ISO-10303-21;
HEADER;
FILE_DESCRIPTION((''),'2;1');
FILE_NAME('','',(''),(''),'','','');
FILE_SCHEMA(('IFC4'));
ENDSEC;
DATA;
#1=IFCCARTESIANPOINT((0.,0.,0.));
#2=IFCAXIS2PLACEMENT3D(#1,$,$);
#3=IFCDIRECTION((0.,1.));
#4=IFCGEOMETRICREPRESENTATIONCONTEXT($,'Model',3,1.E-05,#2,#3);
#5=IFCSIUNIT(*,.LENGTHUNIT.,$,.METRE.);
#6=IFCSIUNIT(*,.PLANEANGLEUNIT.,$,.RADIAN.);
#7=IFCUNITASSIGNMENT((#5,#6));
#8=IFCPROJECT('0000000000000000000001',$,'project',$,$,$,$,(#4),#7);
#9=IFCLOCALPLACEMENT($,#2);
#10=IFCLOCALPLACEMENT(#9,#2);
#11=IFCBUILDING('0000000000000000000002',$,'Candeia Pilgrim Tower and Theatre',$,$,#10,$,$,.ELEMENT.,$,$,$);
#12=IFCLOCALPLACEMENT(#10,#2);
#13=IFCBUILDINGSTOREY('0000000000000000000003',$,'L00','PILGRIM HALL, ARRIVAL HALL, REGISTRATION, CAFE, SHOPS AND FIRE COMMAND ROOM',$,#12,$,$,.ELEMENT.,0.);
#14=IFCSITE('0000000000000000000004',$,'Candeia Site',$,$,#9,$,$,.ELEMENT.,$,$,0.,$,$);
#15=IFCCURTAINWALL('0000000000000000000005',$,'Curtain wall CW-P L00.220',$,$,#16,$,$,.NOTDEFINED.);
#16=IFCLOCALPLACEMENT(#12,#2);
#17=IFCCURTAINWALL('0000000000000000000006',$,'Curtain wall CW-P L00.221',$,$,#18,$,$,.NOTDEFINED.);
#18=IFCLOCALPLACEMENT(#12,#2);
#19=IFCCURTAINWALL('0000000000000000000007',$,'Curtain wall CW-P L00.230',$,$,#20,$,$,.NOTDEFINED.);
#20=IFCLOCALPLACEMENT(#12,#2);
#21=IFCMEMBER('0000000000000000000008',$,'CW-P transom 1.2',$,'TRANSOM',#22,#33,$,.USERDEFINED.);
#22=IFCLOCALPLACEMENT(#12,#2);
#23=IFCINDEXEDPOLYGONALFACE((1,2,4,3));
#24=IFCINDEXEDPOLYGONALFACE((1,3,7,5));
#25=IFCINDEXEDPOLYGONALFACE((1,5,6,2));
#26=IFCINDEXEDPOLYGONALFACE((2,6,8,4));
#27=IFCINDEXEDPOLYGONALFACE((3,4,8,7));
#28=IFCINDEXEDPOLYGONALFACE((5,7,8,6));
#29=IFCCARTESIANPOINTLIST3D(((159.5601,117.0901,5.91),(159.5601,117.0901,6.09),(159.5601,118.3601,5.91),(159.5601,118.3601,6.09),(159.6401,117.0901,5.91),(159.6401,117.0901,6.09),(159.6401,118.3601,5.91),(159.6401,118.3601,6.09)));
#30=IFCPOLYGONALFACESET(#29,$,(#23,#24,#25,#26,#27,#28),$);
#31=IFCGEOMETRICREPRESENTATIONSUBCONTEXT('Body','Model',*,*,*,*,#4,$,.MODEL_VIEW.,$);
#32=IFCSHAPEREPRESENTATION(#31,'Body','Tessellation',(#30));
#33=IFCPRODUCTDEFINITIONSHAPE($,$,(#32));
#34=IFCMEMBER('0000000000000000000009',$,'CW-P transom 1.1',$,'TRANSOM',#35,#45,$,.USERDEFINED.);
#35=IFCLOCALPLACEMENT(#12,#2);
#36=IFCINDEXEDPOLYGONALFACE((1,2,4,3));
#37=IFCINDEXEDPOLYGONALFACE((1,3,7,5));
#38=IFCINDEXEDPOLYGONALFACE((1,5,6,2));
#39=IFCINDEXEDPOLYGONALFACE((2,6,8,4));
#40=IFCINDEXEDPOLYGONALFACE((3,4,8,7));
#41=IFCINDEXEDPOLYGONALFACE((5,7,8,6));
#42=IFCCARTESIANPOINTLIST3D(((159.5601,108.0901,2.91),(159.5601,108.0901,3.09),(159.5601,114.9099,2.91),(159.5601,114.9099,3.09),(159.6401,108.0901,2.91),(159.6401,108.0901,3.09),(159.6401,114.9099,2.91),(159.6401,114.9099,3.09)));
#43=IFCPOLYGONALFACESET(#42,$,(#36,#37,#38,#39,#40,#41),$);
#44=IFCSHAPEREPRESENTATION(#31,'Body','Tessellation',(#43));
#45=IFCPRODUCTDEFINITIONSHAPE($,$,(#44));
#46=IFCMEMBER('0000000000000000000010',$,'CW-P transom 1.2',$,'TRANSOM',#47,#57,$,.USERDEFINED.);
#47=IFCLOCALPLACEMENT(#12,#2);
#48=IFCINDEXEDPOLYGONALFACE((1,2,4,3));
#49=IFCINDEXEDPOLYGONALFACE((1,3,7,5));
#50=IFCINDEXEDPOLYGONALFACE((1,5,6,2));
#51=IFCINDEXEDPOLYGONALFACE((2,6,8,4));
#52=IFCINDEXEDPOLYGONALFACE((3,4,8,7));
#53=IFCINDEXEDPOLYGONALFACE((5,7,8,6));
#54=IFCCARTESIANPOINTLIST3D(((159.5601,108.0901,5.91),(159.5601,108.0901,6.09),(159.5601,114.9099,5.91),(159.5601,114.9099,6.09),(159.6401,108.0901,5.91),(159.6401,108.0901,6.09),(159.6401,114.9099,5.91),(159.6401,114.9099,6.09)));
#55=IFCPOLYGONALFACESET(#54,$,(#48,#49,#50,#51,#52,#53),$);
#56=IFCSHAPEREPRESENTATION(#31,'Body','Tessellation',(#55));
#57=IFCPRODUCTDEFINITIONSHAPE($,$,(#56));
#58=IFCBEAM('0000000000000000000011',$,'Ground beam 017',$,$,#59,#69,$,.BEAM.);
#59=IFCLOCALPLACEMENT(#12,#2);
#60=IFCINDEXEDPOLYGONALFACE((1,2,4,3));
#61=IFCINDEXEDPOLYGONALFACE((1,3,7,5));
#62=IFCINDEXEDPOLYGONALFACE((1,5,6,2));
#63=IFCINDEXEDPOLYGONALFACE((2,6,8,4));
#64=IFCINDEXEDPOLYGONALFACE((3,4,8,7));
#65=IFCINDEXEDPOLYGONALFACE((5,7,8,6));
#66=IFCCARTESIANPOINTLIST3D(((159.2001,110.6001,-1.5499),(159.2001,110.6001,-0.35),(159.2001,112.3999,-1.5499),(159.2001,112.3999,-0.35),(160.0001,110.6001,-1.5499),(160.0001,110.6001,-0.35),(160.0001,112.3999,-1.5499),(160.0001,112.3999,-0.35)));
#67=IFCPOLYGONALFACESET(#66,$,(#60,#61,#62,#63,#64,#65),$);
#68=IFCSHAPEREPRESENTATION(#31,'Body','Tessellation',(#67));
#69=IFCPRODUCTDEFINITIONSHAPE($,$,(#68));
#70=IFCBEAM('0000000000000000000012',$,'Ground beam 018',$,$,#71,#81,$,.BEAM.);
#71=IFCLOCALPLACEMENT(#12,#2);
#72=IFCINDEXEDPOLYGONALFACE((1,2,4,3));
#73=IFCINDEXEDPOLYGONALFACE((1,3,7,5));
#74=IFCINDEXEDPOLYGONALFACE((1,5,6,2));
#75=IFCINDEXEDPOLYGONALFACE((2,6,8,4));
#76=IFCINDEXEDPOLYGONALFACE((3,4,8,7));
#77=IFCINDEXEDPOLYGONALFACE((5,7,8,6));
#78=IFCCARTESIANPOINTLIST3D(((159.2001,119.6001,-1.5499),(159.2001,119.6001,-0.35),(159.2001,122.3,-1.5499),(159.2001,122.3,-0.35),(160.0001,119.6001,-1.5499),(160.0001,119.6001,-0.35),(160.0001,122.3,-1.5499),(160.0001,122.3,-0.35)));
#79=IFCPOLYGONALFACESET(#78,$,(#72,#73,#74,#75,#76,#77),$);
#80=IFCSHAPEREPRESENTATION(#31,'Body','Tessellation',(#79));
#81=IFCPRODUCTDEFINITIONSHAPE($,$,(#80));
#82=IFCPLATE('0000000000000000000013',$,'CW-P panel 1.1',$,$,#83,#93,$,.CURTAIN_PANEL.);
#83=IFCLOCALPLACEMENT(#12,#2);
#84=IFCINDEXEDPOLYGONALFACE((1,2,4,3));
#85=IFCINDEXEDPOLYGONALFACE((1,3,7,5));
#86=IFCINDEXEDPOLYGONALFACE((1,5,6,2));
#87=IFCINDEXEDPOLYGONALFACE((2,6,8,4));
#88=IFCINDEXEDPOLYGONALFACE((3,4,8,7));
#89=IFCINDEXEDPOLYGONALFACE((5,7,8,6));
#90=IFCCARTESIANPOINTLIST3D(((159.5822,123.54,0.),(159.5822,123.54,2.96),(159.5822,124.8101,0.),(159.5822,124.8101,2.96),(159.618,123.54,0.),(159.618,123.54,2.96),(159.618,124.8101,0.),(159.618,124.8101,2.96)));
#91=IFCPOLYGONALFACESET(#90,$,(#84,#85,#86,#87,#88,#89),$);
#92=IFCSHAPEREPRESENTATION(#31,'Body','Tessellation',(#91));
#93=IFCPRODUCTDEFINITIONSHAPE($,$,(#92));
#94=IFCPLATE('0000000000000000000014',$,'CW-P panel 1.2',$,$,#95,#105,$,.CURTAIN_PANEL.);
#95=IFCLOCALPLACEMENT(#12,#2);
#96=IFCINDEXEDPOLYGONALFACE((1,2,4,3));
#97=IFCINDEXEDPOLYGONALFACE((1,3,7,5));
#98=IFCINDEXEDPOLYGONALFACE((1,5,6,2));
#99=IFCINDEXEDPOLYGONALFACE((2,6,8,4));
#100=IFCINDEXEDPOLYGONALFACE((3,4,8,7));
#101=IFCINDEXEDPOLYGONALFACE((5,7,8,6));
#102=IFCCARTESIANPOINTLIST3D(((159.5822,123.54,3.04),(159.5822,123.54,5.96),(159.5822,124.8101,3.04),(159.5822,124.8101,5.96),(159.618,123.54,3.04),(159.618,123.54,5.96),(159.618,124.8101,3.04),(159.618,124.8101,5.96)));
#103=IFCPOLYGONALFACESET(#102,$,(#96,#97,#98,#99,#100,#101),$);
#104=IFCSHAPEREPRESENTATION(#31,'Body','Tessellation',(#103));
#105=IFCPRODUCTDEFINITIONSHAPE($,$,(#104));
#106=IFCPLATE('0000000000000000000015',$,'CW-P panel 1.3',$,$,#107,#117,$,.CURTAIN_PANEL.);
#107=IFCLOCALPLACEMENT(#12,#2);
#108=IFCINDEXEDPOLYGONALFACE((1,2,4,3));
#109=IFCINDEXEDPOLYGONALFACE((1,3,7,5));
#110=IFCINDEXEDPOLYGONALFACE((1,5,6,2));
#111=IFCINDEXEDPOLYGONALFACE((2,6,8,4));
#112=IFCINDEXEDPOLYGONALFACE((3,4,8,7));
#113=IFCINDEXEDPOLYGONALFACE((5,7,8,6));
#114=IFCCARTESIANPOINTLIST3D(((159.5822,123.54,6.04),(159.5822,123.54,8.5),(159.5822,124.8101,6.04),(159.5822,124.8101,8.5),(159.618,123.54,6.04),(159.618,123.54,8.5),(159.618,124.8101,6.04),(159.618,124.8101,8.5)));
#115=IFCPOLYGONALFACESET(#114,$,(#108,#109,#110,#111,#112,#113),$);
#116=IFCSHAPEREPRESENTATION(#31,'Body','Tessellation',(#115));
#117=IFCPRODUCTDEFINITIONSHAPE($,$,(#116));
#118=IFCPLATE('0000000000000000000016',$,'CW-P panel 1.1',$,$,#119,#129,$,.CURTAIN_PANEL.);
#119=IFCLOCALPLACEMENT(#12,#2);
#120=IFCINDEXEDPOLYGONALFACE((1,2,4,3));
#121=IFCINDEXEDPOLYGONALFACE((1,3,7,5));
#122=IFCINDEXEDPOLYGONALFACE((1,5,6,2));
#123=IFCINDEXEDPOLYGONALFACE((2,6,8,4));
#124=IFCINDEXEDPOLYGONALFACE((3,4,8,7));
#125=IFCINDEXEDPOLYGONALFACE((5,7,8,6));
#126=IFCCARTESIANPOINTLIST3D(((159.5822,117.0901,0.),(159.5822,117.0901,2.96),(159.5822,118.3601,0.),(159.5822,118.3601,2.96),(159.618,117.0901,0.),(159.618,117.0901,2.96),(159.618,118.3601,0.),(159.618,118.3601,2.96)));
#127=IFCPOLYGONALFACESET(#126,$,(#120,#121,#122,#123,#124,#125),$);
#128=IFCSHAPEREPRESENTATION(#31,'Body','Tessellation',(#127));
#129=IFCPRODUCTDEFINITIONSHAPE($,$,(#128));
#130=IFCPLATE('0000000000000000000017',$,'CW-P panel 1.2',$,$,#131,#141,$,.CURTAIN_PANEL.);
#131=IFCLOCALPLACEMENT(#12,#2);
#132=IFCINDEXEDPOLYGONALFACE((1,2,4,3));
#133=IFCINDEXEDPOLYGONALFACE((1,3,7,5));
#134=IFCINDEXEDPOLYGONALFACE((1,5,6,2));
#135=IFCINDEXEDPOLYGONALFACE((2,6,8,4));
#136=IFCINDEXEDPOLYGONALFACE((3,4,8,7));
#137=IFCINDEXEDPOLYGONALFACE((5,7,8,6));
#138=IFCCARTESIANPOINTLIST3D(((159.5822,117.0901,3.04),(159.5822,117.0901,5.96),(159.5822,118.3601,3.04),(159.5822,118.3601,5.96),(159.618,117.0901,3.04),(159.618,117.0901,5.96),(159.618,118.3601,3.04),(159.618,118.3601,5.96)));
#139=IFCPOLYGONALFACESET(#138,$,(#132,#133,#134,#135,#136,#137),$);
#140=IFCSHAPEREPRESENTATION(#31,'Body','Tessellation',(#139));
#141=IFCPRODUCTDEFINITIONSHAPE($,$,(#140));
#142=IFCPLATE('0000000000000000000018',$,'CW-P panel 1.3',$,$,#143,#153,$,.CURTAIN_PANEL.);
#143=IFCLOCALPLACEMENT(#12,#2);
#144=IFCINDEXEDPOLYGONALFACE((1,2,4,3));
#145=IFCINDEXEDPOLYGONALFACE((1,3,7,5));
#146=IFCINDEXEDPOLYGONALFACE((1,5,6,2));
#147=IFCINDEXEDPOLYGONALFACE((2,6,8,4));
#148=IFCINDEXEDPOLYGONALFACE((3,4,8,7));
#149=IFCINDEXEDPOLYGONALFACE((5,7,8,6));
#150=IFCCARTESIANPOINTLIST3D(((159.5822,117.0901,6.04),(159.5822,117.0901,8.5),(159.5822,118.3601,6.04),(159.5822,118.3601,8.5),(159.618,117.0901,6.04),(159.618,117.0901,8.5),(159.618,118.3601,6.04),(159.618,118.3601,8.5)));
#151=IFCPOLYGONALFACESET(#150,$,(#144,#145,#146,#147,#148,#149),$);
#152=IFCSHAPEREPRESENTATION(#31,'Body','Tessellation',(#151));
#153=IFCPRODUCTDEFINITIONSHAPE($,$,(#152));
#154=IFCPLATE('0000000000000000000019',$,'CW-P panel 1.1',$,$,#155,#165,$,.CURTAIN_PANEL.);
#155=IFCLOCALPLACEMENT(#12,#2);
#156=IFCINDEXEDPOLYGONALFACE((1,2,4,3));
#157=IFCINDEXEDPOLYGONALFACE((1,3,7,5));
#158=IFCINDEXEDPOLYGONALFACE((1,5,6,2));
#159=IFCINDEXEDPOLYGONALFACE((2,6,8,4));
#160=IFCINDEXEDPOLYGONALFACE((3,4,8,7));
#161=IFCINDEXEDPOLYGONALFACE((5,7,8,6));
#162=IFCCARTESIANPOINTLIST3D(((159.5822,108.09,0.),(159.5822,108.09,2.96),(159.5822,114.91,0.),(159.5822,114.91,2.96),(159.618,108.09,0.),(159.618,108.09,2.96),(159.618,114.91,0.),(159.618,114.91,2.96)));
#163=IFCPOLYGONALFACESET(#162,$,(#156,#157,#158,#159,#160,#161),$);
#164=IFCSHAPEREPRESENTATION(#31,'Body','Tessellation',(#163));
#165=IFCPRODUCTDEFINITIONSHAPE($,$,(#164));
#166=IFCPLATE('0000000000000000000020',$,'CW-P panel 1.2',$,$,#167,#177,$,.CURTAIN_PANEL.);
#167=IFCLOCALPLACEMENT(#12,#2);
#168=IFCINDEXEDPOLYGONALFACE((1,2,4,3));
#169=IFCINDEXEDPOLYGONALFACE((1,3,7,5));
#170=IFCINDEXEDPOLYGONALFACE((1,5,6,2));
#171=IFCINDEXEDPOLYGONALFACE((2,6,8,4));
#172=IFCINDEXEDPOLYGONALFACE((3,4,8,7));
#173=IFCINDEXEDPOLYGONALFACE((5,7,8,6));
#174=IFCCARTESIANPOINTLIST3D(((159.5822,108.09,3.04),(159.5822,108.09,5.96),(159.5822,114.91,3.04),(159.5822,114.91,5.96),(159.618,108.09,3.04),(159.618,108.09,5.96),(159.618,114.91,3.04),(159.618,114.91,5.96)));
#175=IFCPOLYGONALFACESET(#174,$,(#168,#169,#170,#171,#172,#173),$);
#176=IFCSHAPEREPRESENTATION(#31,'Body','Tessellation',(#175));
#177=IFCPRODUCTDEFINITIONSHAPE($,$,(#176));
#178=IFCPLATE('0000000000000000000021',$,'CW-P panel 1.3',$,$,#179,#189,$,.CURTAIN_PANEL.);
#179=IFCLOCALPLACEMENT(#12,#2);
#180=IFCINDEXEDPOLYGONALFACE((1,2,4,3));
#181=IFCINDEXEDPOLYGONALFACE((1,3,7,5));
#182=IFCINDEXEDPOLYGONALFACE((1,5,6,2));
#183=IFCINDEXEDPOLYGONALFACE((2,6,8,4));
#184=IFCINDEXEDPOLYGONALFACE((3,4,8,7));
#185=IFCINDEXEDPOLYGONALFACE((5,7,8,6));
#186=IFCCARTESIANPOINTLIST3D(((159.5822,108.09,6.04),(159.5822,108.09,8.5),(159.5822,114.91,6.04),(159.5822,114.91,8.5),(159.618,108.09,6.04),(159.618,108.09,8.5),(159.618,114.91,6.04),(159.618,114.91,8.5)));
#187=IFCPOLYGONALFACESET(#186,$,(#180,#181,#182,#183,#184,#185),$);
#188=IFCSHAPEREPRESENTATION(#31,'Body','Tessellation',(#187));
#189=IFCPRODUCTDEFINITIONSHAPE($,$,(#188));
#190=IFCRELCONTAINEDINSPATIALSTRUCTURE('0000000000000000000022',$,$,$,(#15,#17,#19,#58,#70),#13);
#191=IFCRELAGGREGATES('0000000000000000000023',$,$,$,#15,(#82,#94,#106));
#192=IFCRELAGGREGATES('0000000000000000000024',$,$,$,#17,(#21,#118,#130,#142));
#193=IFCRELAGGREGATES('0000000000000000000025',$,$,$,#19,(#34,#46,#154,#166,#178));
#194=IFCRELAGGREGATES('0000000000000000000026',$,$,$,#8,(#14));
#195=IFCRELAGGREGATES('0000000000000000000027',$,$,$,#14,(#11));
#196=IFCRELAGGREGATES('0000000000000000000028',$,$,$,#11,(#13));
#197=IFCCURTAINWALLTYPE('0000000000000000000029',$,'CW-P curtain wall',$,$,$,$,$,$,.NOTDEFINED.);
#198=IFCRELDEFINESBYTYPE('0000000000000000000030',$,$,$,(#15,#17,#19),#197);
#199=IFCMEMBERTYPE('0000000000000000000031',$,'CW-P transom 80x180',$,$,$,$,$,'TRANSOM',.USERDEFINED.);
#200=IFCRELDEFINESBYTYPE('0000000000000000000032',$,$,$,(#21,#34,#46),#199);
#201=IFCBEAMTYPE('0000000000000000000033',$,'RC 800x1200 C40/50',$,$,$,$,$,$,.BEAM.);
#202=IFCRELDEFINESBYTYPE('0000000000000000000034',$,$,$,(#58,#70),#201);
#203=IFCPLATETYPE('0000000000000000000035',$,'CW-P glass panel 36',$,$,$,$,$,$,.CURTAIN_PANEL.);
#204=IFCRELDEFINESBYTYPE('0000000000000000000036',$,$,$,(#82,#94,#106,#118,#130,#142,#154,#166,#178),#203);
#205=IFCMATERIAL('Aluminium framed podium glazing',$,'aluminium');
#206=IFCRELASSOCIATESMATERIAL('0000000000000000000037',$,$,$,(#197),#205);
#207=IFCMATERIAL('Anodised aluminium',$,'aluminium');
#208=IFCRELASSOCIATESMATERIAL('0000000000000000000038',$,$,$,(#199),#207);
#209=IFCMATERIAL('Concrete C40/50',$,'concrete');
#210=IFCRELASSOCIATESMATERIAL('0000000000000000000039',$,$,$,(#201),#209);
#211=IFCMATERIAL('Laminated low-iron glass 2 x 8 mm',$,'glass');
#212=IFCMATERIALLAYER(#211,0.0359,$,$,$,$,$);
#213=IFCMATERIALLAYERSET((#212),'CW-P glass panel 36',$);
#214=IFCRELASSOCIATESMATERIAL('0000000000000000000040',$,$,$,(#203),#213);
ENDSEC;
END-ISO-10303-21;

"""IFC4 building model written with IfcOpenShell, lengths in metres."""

from ifc_helpers import new_model, si_unit, direction, frame, origin, origin_2d, place, context, subcontext, project, spatial, rectangle, extrude, material, layer, layer_set, material_profile, profile_set, type_object, element, aggregate, save


model = new_model("IFC4")

# Units and contexts
model_context = context("Model", 3, precision=1e-05, world=origin(), true_north=direction((0.0, 1.0)))
body_context = subcontext(model_context, "Body", "Model", "MODEL_VIEW")
ifc_project = project(units=[si_unit("LENGTHUNIT", "METRE"), si_unit("PLANEANGLEUNIT", "RADIAN")], contexts=[model_context])

# Site, building, storey
site_placement = place(None, origin())
site = spatial("IfcSite", under=ifc_project, at=site_placement, Name="Candeia Site", CompositionType="ELEMENT", RefElevation=0.0)
building_placement = place(site_placement, origin())
building = spatial("IfcBuilding", under=site, at=building_placement, Name="Candeia Pilgrim Tower and Theatre", CompositionType="ELEMENT")
storey_placement = place(building_placement, origin())
storey = spatial("IfcBuildingStorey", under=building, at=storey_placement, Name="L00", Description="PILGRIM HALL, ARRIVAL HALL, REGISTRATION, CAFE, SHOPS AND FIRE COMMAND ROOM", CompositionType="ELEMENT", Elevation=0.0)

# Shared definitions
ifc_material_1 = material(Name="Concrete C40/50", Category="concrete")

# Shared definitions
ifc_material_2 = material(Name="Aluminium framed podium glazing", Category="aluminium")
curtain_wall_type = type_object("IfcCurtainWallType", Name="CW-P curtain wall", PredefinedType="NOTDEFINED", material=ifc_material_2)
ifc_material_3 = material(Name="Anodised aluminium", Category="aluminium")

# Curtain walls
curtain_wall_1_placement = place(storey_placement, origin())
curtain_wall_1 = element("IfcCurtainWall", 1, at=curtain_wall_1_placement, inside=storey, type_object=curtain_wall_type, Name="Curtain wall CW-P L00.220", PredefinedType="NOTDEFINED")
curtain_wall_2_placement = place(storey_placement, origin())
curtain_wall_2 = element("IfcCurtainWall", 2, at=curtain_wall_2_placement, inside=storey, type_object=curtain_wall_type, Name="Curtain wall CW-P L00.221", PredefinedType="NOTDEFINED")
curtain_wall_3_placement = place(storey_placement, origin())
curtain_wall_3 = element("IfcCurtainWall", 3, at=curtain_wall_3_placement, inside=storey, type_object=curtain_wall_type, Name="Curtain wall CW-P L00.230", PredefinedType="NOTDEFINED")

# Members
ifc_material_profile_1 = material_profile(ifc_material_3, rectangle(XDim=0.0801, YDim=0.1799, at=origin_2d()))
ifc_profile_set_1 = profile_set([ifc_material_profile_1], Name="Anodised aluminium")
member_type_1 = type_object("IfcMemberType", Name="CW-P transom 80x180", ElementType="TRANSOM", PredefinedType="USERDEFINED", material=ifc_profile_set_1)
member_1_placement = place(storey_placement, frame((159.6001, 118.3601, 6.0), z_axis=(0.0, -1.0, 0.0), x_axis=(1.0, 0.0, 0.0)))
member_1 = element("IfcMember", 4, at=member_1_placement, type_object=member_type_1, Name="CW-P transom 1.2", ObjectType="TRANSOM", PredefinedType="USERDEFINED", context=body_context, shape_type="SweptSolid", body=[
    extrude(rectangle(XDim=0.0801, YDim=0.1799, at=origin_2d()), origin(), (0.0, 0.0, 1.0), 1.27),
])
member_2_placement = place(storey_placement, frame((159.6001, 114.9099, 3.0), z_axis=(0.0, -1.0, 0.0), x_axis=(1.0, 0.0, 0.0)))
member_2 = element("IfcMember", 5, at=member_2_placement, type_object=member_type_1, Name="CW-P transom 1.1", ObjectType="TRANSOM", PredefinedType="USERDEFINED", context=body_context, shape_type="SweptSolid", body=[
    extrude(rectangle(XDim=0.0801, YDim=0.1799, at=origin_2d()), origin(), (0.0, 0.0, 1.0), 6.8198),
])
member_3_placement = place(storey_placement, frame((159.6001, 114.9099, 6.0), z_axis=(0.0, -1.0, 0.0), x_axis=(1.0, 0.0, 0.0)))
member_3 = element("IfcMember", 6, at=member_3_placement, type_object=member_type_1, Name="CW-P transom 1.2", ObjectType="TRANSOM", PredefinedType="USERDEFINED", context=body_context, shape_type="SweptSolid", body=[
    extrude(rectangle(XDim=0.0801, YDim=0.1799, at=origin_2d()), origin(), (0.0, 0.0, 1.0), 6.8198),
])

# Beams
ifc_material_profile_2 = material_profile(ifc_material_1, rectangle(XDim=0.8, YDim=1.2, at=origin_2d()))
ifc_profile_set_2 = profile_set([ifc_material_profile_2], Name="Concrete C40/50")
beam_type = type_object("IfcBeamType", Name="RC 800x1200 C40/50", PredefinedType="BEAM", material=ifc_profile_set_2)
beam_1_placement = place(storey_placement, frame((159.6001, 110.6001, -0.95), z_axis=(0.0, 1.0, 0.0), x_axis=(-1.0, 0.0, 0.0)))
element("IfcBeam", 7, at=beam_1_placement, inside=storey, type_object=beam_type, Name="Ground beam 017", PredefinedType="BEAM", context=body_context, shape_type="SweptSolid", body=[
    extrude(rectangle(XDim=0.8, YDim=1.2, at=origin_2d()), origin(), (0.0, 0.0, 1.0), 1.7998),
])
beam_2_placement = place(storey_placement, frame((159.6001, 119.6001, -0.95), z_axis=(0.0, 1.0, 0.0), x_axis=(-1.0, 0.0, 0.0)))
element("IfcBeam", 8, at=beam_2_placement, inside=storey, type_object=beam_type, Name="Ground beam 018", PredefinedType="BEAM", context=body_context, shape_type="SweptSolid", body=[
    extrude(rectangle(XDim=0.8, YDim=1.2, at=origin_2d()), origin(), (0.0, 0.0, 1.0), 2.7),
])

# Plates
ifc_material_4 = material(Name="Laminated low-iron glass 2 x 8 mm", Category="glass")
ifc_layer_1 = layer(ifc_material_4, 0.0359)
ifc_layer_set_1 = layer_set([ifc_layer_1], Name="CW-P glass panel 36")
plate_type = type_object("IfcPlateType", Name="CW-P glass panel 36", PredefinedType="CURTAIN_PANEL", material=ifc_layer_set_1)
plate_1_placement = place(storey_placement, frame((159.6001, 124.175, 0.0), z_axis=(0.0, 0.0, 1.0), x_axis=(0.0, -1.0, 0.0)))
plate_1 = element("IfcPlate", 9, at=plate_1_placement, type_object=plate_type, Name="CW-P panel 1.1", PredefinedType="CURTAIN_PANEL", context=body_context, shape_type="SweptSolid", body=[
    extrude(rectangle(XDim=1.27, YDim=0.0359, at=origin_2d()), origin(), (0.0, 0.0, 1.0), 2.96),
])
plate_2_placement = place(storey_placement, frame((159.6001, 124.175, 3.04), z_axis=(0.0, 0.0, 1.0), x_axis=(0.0, -1.0, 0.0)))
plate_2 = element("IfcPlate", 10, at=plate_2_placement, type_object=plate_type, Name="CW-P panel 1.2", PredefinedType="CURTAIN_PANEL", context=body_context, shape_type="SweptSolid", body=[
    extrude(rectangle(XDim=1.27, YDim=0.0359, at=origin_2d()), origin(), (0.0, 0.0, 1.0), 2.9199),
])
plate_3_placement = place(storey_placement, frame((159.6001, 124.175, 6.04), z_axis=(0.0, 0.0, 1.0), x_axis=(0.0, -1.0, 0.0)))
plate_3 = element("IfcPlate", 11, at=plate_3_placement, type_object=plate_type, Name="CW-P panel 1.3", PredefinedType="CURTAIN_PANEL", context=body_context, shape_type="SweptSolid", body=[
    extrude(rectangle(XDim=1.27, YDim=0.0359, at=origin_2d()), origin(), (0.0, 0.0, 1.0), 2.46),
])
aggregate(curtain_wall_1, [plate_1, plate_2, plate_3])
plate_4_placement = place(storey_placement, frame((159.6001, 117.7251, 0.0), z_axis=(0.0, 0.0, 1.0), x_axis=(0.0, -1.0, 0.0)))
plate_4 = element("IfcPlate", 12, at=plate_4_placement, type_object=plate_type, Name="CW-P panel 1.1", PredefinedType="CURTAIN_PANEL", context=body_context, shape_type="SweptSolid", body=[
    extrude(rectangle(XDim=1.27, YDim=0.0359, at=origin_2d()), origin(), (0.0, 0.0, 1.0), 2.96),
])
plate_5_placement = place(storey_placement, frame((159.6001, 117.7251, 3.04), z_axis=(0.0, 0.0, 1.0), x_axis=(0.0, -1.0, 0.0)))
plate_5 = element("IfcPlate", 13, at=plate_5_placement, type_object=plate_type, Name="CW-P panel 1.2", PredefinedType="CURTAIN_PANEL", context=body_context, shape_type="SweptSolid", body=[
    extrude(rectangle(XDim=1.27, YDim=0.0359, at=origin_2d()), origin(), (0.0, 0.0, 1.0), 2.9199),
])
plate_6_placement = place(storey_placement, frame((159.6001, 117.7251, 6.04), z_axis=(0.0, 0.0, 1.0), x_axis=(0.0, -1.0, 0.0)))
plate_6 = element("IfcPlate", 14, at=plate_6_placement, type_object=plate_type, Name="CW-P panel 1.3", PredefinedType="CURTAIN_PANEL", context=body_context, shape_type="SweptSolid", body=[
    extrude(rectangle(XDim=1.27, YDim=0.0359, at=origin_2d()), origin(), (0.0, 0.0, 1.0), 2.46),
])
aggregate(curtain_wall_2, [member_1, plate_4, plate_5, plate_6])
plate_7_placement = place(storey_placement, frame((159.6001, 111.5, 0.0), z_axis=(0.0, 0.0, 1.0), x_axis=(0.0, -1.0, 0.0)))
plate_7 = element("IfcPlate", 15, at=plate_7_placement, type_object=plate_type, Name="CW-P panel 1.1", PredefinedType="CURTAIN_PANEL", context=body_context, shape_type="SweptSolid", body=[
    extrude(rectangle(XDim=6.8201, YDim=0.0359, at=origin_2d()), origin(), (0.0, 0.0, 1.0), 2.96),
])
plate_8_placement = place(storey_placement, frame((159.6001, 111.5, 3.04), z_axis=(0.0, 0.0, 1.0), x_axis=(0.0, -1.0, 0.0)))
plate_8 = element("IfcPlate", 16, at=plate_8_placement, type_object=plate_type, Name="CW-P panel 1.2", PredefinedType="CURTAIN_PANEL", context=body_context, shape_type="SweptSolid", body=[
    extrude(rectangle(XDim=6.8201, YDim=0.0359, at=origin_2d()), origin(), (0.0, 0.0, 1.0), 2.9199),
])
plate_9_placement = place(storey_placement, frame((159.6001, 111.5, 6.04), z_axis=(0.0, 0.0, 1.0), x_axis=(0.0, -1.0, 0.0)))
plate_9 = element("IfcPlate", 17, at=plate_9_placement, type_object=plate_type, Name="CW-P panel 1.3", PredefinedType="CURTAIN_PANEL", context=body_context, shape_type="SweptSolid", body=[
    extrude(rectangle(XDim=6.8201, YDim=0.0359, at=origin_2d()), origin(), (0.0, 0.0, 1.0), 2.46),
])
aggregate(curtain_wall_3, [member_2, member_3, plate_7, plate_8, plate_9])

save(model, "model.ifc")
